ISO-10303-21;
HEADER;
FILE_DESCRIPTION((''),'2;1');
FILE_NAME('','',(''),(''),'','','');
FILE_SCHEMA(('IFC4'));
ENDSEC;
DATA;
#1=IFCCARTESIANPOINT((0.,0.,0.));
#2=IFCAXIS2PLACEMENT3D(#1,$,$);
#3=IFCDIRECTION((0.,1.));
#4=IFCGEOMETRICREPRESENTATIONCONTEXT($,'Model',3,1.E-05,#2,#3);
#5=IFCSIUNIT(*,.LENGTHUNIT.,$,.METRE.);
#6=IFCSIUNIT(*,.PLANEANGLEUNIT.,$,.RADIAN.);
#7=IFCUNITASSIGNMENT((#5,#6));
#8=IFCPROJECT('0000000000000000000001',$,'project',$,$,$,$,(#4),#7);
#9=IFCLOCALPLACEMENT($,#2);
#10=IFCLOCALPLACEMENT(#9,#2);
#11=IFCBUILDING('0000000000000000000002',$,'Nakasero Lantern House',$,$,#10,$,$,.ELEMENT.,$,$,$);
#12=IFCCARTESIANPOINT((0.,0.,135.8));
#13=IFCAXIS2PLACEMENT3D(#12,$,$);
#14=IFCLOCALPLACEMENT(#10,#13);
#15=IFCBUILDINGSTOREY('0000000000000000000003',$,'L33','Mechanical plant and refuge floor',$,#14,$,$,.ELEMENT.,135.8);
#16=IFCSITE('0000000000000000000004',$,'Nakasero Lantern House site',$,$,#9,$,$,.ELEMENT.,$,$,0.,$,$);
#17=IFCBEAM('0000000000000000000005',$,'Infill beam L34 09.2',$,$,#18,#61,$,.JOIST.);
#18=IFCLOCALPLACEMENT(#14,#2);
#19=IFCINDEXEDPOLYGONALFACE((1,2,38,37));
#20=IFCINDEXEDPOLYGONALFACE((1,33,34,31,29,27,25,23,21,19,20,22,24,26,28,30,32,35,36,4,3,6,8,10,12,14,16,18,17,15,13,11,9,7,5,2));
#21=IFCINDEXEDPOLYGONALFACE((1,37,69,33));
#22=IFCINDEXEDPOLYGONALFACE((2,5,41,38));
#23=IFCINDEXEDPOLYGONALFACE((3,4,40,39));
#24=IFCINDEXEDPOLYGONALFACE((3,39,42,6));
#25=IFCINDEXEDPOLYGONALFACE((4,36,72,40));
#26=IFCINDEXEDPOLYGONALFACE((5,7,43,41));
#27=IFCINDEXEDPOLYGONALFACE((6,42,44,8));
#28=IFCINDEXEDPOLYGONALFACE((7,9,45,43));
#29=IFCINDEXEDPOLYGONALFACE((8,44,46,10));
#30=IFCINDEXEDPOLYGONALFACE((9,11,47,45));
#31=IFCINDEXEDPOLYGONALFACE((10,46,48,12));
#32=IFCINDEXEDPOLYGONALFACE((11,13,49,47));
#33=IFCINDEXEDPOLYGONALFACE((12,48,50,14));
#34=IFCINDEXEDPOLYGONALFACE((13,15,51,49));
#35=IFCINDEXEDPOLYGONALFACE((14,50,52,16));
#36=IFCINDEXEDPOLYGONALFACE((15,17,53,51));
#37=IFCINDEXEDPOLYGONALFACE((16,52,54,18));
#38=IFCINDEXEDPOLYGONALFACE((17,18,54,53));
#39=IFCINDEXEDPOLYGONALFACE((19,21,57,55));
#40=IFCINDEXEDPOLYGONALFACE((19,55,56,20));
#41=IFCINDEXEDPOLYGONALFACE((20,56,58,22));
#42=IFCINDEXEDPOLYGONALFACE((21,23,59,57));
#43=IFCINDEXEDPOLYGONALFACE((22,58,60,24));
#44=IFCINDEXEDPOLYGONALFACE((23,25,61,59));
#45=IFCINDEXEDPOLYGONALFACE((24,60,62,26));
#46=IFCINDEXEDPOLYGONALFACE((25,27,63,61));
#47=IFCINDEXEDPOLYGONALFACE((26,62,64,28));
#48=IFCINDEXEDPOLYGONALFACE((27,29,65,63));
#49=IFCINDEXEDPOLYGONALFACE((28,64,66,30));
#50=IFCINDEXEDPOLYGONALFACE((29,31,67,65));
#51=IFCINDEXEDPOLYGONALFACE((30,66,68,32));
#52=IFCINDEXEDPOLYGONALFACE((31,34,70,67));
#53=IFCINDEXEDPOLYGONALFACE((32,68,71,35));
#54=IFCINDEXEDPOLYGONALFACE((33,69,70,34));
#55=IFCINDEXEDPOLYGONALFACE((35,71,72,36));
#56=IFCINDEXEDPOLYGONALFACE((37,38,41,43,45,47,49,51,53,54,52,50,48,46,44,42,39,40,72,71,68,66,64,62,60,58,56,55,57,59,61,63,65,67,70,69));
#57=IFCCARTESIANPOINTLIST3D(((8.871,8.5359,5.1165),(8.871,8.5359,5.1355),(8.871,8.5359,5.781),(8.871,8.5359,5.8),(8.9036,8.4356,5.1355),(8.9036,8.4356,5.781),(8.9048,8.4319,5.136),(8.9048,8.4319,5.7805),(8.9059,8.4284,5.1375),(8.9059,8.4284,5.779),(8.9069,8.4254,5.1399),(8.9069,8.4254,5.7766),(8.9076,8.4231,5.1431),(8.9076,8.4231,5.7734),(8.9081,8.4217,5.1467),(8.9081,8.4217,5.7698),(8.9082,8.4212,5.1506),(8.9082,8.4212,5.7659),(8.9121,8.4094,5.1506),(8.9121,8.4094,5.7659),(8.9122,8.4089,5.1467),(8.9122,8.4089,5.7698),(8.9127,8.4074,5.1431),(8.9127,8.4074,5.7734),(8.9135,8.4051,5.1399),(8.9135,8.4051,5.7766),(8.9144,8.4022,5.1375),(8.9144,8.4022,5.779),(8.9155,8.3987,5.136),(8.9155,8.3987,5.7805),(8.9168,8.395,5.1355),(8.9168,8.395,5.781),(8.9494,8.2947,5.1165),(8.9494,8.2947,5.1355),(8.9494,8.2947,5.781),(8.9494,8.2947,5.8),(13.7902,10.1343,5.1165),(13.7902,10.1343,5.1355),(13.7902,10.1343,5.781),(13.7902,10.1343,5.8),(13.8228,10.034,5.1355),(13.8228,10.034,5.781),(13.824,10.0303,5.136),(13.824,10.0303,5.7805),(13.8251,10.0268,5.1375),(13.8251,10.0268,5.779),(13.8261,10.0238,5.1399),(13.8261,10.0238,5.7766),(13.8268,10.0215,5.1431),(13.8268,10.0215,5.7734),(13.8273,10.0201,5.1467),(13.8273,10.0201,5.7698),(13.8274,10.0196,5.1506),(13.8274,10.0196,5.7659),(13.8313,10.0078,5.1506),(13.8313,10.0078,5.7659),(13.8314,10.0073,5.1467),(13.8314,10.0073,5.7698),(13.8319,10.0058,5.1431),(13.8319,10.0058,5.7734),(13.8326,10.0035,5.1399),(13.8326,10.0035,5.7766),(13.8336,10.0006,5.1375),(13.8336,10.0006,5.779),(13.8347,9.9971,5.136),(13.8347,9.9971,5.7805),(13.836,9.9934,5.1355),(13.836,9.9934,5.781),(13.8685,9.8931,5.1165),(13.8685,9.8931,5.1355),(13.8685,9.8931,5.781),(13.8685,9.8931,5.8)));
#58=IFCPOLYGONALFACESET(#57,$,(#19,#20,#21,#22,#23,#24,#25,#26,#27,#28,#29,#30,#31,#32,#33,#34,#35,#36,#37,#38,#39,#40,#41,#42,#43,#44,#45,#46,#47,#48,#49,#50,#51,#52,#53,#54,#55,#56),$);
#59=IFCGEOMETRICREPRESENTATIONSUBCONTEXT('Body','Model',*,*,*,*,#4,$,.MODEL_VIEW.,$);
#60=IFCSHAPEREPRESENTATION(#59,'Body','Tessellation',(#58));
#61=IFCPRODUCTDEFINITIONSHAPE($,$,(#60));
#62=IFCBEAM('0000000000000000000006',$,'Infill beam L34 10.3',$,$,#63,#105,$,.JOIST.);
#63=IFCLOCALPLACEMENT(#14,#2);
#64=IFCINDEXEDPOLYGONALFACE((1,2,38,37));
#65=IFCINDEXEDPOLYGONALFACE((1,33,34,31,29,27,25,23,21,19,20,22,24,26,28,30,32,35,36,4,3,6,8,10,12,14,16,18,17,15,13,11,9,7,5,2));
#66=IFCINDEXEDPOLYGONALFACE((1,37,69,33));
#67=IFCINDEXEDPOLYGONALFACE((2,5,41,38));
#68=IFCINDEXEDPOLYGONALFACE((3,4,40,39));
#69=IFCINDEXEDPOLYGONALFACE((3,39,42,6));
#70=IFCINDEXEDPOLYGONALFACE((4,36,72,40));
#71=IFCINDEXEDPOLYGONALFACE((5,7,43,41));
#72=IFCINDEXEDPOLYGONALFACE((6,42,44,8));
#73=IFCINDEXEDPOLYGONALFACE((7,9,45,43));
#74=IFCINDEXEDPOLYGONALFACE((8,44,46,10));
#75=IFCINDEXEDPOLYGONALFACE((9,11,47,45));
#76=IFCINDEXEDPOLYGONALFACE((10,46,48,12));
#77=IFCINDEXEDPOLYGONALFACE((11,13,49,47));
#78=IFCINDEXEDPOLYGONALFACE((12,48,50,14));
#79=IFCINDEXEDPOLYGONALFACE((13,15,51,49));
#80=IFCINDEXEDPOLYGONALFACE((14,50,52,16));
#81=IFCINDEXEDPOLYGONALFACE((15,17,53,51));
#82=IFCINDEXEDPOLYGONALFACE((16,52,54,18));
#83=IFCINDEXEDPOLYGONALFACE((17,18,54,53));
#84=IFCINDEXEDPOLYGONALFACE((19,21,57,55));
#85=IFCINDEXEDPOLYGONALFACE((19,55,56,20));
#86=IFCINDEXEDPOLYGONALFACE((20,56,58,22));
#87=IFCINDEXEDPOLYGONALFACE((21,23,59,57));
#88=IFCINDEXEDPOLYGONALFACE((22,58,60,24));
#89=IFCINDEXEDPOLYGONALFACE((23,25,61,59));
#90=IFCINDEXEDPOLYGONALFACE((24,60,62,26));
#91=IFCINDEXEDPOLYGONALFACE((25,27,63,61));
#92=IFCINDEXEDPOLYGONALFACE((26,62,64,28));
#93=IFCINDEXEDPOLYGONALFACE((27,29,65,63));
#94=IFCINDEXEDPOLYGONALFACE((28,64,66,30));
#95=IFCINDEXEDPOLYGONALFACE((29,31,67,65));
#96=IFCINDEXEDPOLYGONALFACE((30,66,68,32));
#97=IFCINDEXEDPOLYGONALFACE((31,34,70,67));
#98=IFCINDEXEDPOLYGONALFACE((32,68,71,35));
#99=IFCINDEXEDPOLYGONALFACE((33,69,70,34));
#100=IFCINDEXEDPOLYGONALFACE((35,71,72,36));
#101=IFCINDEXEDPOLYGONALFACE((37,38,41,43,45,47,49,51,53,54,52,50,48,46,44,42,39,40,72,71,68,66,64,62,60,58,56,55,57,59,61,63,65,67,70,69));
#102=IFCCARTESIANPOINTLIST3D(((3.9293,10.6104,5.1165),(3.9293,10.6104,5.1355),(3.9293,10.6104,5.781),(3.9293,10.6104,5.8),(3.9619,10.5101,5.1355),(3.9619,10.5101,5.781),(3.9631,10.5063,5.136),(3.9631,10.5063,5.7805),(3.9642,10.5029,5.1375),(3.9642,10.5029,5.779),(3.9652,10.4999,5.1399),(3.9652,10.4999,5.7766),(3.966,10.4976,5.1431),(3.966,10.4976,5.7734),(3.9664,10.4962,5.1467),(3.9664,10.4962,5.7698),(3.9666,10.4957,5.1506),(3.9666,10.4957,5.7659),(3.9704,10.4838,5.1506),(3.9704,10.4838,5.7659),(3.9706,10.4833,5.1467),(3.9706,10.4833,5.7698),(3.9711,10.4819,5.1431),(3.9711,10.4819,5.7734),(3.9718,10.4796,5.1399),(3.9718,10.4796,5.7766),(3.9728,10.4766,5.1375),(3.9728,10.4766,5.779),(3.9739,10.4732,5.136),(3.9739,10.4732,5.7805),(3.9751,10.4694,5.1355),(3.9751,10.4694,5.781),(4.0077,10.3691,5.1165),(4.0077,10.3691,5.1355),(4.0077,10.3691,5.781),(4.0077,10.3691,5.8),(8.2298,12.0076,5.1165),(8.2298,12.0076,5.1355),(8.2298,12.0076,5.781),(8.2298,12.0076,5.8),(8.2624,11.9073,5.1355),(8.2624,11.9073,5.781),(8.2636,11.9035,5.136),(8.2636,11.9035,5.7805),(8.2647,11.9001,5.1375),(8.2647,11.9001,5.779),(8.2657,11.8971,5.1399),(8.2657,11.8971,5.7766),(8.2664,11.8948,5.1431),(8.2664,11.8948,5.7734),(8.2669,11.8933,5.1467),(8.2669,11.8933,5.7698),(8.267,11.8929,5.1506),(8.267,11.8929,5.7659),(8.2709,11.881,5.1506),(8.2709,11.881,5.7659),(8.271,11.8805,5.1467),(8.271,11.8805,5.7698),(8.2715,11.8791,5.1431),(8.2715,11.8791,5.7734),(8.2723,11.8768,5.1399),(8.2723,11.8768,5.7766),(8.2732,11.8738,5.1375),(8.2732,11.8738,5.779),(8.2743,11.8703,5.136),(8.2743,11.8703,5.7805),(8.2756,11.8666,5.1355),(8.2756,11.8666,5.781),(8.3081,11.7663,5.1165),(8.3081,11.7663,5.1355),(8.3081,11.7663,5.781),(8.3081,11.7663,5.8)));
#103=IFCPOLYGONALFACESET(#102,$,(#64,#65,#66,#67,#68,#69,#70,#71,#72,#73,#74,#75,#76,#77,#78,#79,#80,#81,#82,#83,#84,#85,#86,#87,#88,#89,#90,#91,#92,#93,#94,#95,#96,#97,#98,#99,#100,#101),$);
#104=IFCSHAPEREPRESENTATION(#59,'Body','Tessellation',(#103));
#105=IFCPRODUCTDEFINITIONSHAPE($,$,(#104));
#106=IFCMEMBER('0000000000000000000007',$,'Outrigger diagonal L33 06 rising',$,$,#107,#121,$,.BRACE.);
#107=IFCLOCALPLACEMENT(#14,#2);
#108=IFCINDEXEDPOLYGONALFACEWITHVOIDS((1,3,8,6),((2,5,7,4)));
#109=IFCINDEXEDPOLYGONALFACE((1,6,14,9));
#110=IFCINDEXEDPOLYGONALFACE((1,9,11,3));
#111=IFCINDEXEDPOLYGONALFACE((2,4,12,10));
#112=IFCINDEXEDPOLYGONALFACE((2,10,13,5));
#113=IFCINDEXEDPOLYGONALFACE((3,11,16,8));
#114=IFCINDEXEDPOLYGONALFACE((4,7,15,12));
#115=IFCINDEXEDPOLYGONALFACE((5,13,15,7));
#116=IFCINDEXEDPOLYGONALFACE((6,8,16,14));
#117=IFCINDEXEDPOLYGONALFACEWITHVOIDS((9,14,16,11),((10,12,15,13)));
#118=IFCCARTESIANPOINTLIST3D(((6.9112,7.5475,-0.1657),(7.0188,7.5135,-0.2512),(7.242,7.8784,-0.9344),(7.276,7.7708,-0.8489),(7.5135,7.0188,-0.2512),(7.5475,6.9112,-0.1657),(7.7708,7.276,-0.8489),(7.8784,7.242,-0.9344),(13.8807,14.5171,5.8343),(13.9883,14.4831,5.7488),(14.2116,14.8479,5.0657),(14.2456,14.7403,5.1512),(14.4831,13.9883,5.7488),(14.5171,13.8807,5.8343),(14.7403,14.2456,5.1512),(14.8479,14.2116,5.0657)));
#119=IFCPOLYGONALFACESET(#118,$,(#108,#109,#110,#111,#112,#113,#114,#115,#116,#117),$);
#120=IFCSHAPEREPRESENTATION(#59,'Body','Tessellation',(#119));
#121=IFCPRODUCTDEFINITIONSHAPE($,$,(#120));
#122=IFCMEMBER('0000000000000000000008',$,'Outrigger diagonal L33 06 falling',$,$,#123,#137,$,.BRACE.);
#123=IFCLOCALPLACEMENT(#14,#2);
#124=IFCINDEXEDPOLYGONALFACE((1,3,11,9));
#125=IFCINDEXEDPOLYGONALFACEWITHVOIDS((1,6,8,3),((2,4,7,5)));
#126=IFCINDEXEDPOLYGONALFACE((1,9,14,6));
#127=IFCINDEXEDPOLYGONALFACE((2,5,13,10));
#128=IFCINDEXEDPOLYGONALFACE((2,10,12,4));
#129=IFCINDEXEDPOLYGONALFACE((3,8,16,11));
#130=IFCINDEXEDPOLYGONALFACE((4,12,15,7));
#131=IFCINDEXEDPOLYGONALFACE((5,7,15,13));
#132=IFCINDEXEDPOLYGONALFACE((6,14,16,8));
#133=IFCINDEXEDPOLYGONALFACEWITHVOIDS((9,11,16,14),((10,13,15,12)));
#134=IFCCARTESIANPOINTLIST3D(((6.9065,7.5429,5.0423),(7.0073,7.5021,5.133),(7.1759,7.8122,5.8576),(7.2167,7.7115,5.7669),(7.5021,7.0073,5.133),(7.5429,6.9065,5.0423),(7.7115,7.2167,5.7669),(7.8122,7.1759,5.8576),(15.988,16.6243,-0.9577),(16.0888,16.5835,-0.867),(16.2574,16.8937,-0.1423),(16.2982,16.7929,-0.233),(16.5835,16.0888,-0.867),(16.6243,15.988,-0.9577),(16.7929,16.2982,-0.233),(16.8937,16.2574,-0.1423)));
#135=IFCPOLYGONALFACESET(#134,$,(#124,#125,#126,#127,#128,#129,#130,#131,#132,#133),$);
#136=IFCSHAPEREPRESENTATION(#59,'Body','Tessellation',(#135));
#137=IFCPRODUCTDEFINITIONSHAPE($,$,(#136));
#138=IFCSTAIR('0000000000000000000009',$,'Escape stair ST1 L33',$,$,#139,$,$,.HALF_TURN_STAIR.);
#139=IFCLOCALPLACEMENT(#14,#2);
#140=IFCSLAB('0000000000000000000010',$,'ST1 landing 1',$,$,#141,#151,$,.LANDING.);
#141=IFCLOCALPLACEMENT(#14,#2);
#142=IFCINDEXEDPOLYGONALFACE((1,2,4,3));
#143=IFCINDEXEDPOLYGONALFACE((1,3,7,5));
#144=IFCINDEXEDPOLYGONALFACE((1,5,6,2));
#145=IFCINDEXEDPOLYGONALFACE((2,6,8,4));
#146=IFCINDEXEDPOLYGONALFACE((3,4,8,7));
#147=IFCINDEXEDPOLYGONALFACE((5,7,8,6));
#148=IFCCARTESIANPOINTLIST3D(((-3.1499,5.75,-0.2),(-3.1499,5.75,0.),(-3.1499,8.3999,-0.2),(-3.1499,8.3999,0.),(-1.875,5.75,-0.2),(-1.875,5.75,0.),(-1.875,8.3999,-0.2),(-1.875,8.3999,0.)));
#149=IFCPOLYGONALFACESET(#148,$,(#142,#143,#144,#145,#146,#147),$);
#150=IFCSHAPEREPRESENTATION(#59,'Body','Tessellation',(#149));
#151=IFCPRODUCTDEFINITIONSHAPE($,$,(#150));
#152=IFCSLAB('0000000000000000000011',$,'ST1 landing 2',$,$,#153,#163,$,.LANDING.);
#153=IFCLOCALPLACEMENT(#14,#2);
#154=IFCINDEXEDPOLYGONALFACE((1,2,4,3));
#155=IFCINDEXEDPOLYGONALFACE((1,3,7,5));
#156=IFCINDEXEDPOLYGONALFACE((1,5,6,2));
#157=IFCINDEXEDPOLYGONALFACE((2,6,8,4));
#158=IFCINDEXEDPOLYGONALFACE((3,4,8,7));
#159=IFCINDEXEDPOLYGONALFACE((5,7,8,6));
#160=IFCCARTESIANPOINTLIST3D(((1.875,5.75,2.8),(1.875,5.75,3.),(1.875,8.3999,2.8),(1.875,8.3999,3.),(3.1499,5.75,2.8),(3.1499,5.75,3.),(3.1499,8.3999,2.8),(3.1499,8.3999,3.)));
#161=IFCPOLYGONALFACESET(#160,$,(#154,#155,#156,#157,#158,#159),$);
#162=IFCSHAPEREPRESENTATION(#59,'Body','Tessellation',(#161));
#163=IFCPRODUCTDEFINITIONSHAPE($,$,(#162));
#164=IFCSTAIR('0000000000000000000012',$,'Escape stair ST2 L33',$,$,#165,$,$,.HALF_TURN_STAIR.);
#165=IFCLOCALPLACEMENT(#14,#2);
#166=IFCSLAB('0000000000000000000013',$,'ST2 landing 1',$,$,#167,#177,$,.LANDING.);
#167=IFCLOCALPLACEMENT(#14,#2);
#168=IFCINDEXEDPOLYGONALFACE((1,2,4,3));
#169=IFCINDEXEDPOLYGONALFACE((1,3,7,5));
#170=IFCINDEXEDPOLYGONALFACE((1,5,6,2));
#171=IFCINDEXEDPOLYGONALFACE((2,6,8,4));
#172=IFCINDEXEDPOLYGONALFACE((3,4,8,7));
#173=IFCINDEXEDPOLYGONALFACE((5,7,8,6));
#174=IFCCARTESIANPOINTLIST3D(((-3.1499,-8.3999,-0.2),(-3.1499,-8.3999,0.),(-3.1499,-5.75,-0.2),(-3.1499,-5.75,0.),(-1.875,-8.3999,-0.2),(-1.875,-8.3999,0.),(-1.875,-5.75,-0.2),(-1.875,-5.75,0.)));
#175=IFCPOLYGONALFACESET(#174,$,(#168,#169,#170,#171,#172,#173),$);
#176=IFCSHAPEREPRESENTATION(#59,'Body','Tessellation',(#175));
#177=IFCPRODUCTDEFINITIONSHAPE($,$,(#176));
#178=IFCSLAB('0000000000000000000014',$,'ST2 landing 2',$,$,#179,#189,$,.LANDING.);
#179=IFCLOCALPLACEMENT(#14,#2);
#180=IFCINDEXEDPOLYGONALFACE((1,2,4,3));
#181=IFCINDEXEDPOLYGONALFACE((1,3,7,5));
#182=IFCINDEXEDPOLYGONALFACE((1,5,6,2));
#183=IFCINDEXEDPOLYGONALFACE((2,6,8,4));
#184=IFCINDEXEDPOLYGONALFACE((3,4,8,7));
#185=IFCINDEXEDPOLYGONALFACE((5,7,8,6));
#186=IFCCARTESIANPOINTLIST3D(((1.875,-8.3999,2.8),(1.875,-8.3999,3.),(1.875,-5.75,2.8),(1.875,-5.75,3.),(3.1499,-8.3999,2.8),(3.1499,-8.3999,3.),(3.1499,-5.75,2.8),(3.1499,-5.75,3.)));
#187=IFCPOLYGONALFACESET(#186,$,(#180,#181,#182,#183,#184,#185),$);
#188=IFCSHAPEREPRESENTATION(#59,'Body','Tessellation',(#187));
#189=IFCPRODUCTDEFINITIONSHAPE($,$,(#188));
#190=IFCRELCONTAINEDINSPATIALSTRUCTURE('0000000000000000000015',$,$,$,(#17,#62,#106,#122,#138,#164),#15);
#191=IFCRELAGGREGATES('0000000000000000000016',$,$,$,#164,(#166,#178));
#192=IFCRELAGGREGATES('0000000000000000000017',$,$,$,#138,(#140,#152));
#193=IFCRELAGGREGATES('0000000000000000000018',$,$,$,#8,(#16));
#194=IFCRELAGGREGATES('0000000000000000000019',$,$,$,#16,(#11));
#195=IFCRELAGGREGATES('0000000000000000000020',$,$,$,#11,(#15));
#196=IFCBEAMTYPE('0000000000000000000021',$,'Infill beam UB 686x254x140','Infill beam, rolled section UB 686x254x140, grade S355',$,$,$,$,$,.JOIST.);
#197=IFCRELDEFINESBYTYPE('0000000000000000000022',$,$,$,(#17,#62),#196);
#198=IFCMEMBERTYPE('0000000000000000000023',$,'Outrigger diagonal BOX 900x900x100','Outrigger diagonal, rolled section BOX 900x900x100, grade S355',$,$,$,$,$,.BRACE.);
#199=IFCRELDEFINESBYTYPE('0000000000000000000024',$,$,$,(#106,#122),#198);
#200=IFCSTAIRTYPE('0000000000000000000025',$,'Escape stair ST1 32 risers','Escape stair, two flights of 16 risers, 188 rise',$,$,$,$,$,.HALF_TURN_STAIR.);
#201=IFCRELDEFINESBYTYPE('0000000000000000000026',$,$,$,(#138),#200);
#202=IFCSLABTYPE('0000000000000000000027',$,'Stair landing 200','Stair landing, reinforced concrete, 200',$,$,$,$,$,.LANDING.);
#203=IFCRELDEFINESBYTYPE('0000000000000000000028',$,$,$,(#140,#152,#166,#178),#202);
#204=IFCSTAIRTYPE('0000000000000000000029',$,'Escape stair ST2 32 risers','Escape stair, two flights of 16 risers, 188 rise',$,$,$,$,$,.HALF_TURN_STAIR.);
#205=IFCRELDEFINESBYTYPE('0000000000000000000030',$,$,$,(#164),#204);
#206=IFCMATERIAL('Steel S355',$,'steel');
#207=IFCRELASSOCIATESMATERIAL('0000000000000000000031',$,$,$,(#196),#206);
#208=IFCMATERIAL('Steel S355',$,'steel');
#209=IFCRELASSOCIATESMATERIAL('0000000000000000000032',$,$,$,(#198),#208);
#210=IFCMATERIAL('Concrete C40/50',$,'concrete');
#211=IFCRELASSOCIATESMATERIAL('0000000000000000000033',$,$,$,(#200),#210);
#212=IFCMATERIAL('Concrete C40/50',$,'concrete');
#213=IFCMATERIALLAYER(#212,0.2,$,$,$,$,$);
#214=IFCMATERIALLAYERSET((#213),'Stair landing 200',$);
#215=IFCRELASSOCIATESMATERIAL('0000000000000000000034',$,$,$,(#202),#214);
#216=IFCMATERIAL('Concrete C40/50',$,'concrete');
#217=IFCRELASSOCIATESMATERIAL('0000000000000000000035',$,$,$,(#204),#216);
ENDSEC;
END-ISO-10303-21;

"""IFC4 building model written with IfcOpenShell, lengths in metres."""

from ifc_helpers import new_model, si_unit, direction, frame, origin, origin_2d, place, context, subcontext, project, spatial, polyline, hollow_rectangle, i_section, outline, extrude, material, layer, layer_set, material_profile, profile_set, type_object, element, aggregate, save


model = new_model("IFC4")

# Units and contexts
model_context = context("Model", 3, precision=1e-05, world=origin(), true_north=direction((0.0, 1.0)))
body_context = subcontext(model_context, "Body", "Model", "MODEL_VIEW")
ifc_project = project(units=[si_unit("LENGTHUNIT", "METRE"), si_unit("PLANEANGLEUNIT", "RADIAN")], contexts=[model_context])

# Site, building, storey
site_placement = place(None, origin())
site = spatial("IfcSite", under=ifc_project, at=site_placement, Name="Nakasero Lantern House site", CompositionType="ELEMENT", RefElevation=0.0)
building_placement = place(site_placement, origin())
building = spatial("IfcBuilding", under=site, at=building_placement, Name="Nakasero Lantern House", CompositionType="ELEMENT")
storey_placement = place(building_placement, frame((0.0, 0.0, 135.8)))
storey = spatial("IfcBuildingStorey", under=building, at=storey_placement, Name="L33", Description="Mechanical plant and refuge floor", CompositionType="ELEMENT", Elevation=135.8)

# Beams
ifc_material_1 = material(Name="Steel S355", Category="steel")
ifc_material_profile_1 = material_profile(ifc_material_1, i_section(OverallWidth=0.2537, OverallDepth=0.6836, WebThickness=0.0125, FlangeThickness=0.019, FilletRadius=0.0151, at=origin_2d()), Name="UB 686x254x140")
ifc_profile_set_1 = profile_set([ifc_material_profile_1], Name="Steel S355")
beam_type = type_object("IfcBeamType", Name="Infill beam UB 686x254x140", Description="Infill beam, rolled section UB 686x254x140, grade S355", PredefinedType="JOIST", material=ifc_profile_set_1)
beam_1_placement = place(storey_placement, frame((8.9102, 8.4153, 5.4583), z_axis=(0.951054, 0.309025, 0.0), x_axis=(-0.309025, 0.951054, 0.0)))
element("IfcBeam", 1, at=beam_1_placement, inside=storey, type_object=beam_type, Name="Infill beam L34 09.2", PredefinedType="JOIST", context=body_context, shape_type="SweptSolid", body=[
    extrude(i_section(OverallWidth=0.2537, OverallDepth=0.6836, WebThickness=0.0125, FlangeThickness=0.019, FilletRadius=0.0151, at=origin_2d()), origin(), (0.0, 0.0, 1.0), 5.1724),
])
beam_2_placement = place(storey_placement, frame((3.9685, 10.4897, 5.4583), z_axis=(0.951064, 0.308995, 0.0), x_axis=(-0.308995, 0.951064, 0.0)))
element("IfcBeam", 2, at=beam_2_placement, inside=storey, type_object=beam_type, Name="Infill beam L34 10.3", PredefinedType="JOIST", context=body_context, shape_type="SweptSolid", body=[
    extrude(i_section(OverallWidth=0.2537, OverallDepth=0.6836, WebThickness=0.0125, FlangeThickness=0.019, FilletRadius=0.0151, at=origin_2d()), origin(), (0.0, 0.0, 1.0), 4.5217),
])

# Members
ifc_material_2 = material(Name="Steel S355", Category="steel")
ifc_material_profile_2 = material_profile(ifc_material_2, hollow_rectangle(XDim=0.8999, YDim=0.8999, WallThickness=0.1001, at=origin_2d()), Name="BOX 900x900x100")
ifc_profile_set_2 = profile_set([ifc_material_profile_2], Name="Steel S355")
member_type = type_object("IfcMemberType", Name="Outrigger diagonal BOX 900x900x100", Description="Outrigger diagonal, rolled section BOX 900x900x100, grade S355", PredefinedType="BRACE", material=ifc_profile_set_2)
member_1_placement = place(storey_placement, frame((7.3948, 7.3948, -0.55), z_axis=(0.603996, 0.603996, 0.519978), x_axis=(-0.707107, 0.707107, 0.0)))
element("IfcMember", 3, at=member_1_placement, inside=storey, type_object=member_type, Name="Outrigger diagonal L33 06 rising", PredefinedType="BRACE", context=body_context, shape_type="SweptSolid", body=[
    extrude(hollow_rectangle(XDim=0.8999, YDim=0.8999, WallThickness=0.1001, at=origin_2d()), origin(), (0.0, 0.0, 1.0), 11.5391),
])
member_2_placement = place(storey_placement, frame((7.3594, 7.3594, 5.45), z_axis=(0.640644, 0.640644, -0.423261), x_axis=(-0.707107, 0.707107, 0.0)))
element("IfcMember", 4, at=member_2_placement, inside=storey, type_object=member_type, Name="Outrigger diagonal L33 06 falling", PredefinedType="BRACE", context=body_context, shape_type="SweptSolid", body=[
    extrude(hollow_rectangle(XDim=0.8999, YDim=0.8999, WallThickness=0.1001, at=origin_2d()), origin(), (0.0, 0.0, 1.0), 14.1755),
])

# Stairs, slabs
ifc_material_3 = material(Name="Concrete C40/50", Category="concrete")
stair_type_1 = type_object("IfcStairType", Name="Escape stair ST1 32 risers", Description="Escape stair, two flights of 16 risers, 188 rise", PredefinedType="HALF_TURN_STAIR", material=ifc_material_3)
stair_1_placement = place(storey_placement, origin())
stair_1 = element("IfcStair", 5, at=stair_1_placement, inside=storey, type_object=stair_type_1, Name="Escape stair ST1 L33", PredefinedType="HALF_TURN_STAIR")
ifc_material_4 = material(Name="Concrete C40/50", Category="concrete")
ifc_layer_1 = layer(ifc_material_4, 0.2)
ifc_layer_set_1 = layer_set([ifc_layer_1], Name="Stair landing 200")
slab_type = type_object("IfcSlabType", Name="Stair landing 200", Description="Stair landing, reinforced concrete, 200", PredefinedType="LANDING", material=ifc_layer_set_1)
slab_1_placement = place(storey_placement, frame((0.0, 0.0, -0.2)))
slab_1 = element("IfcSlab", 6, at=slab_1_placement, type_object=slab_type, Name="ST1 landing 1", PredefinedType="LANDING", context=body_context, shape_type="SweptSolid", body=[
    extrude(outline(polyline([(-3.1499, 5.75), (-1.875, 5.75), (-1.875, 8.3999), (-3.1499, 8.3999), (-3.1499, 5.75)])), origin(), (0.0, 0.0, 1.0), 0.2),
])
slab_2_placement = place(storey_placement, frame((0.0, 0.0, 2.8)))
slab_2 = element("IfcSlab", 7, at=slab_2_placement, type_object=slab_type, Name="ST1 landing 2", PredefinedType="LANDING", context=body_context, shape_type="SweptSolid", body=[
    extrude(outline(polyline([(1.875, 5.75), (3.1499, 5.75), (3.1499, 8.3999), (1.875, 8.3999), (1.875, 5.75)])), origin(), (0.0, 0.0, 1.0), 0.2),
])
ifc_material_5 = material(Name="Concrete C40/50", Category="concrete")
stair_type_2 = type_object("IfcStairType", Name="Escape stair ST2 32 risers", Description="Escape stair, two flights of 16 risers, 188 rise", PredefinedType="HALF_TURN_STAIR", material=ifc_material_5)
stair_2_placement = place(storey_placement, origin())
stair_2 = element("IfcStair", 8, at=stair_2_placement, inside=storey, type_object=stair_type_2, Name="Escape stair ST2 L33", PredefinedType="HALF_TURN_STAIR")
slab_3_placement = place(storey_placement, frame((0.0, 0.0, -0.2)))
slab_3 = element("IfcSlab", 9, at=slab_3_placement, type_object=slab_type, Name="ST2 landing 1", PredefinedType="LANDING", context=body_context, shape_type="SweptSolid", body=[
    extrude(outline(polyline([(-3.1499, -8.3999), (-1.875, -8.3999), (-1.875, -5.75), (-3.1499, -5.75), (-3.1499, -8.3999)])), origin(), (0.0, 0.0, 1.0), 0.2),
])
slab_4_placement = place(storey_placement, frame((0.0, 0.0, 2.8)))
slab_4 = element("IfcSlab", 10, at=slab_4_placement, type_object=slab_type, Name="ST2 landing 2", PredefinedType="LANDING", context=body_context, shape_type="SweptSolid", body=[
    extrude(outline(polyline([(1.875, -8.3999), (3.1499, -8.3999), (3.1499, -5.75), (1.875, -5.75), (1.875, -8.3999)])), origin(), (0.0, 0.0, 1.0), 0.2),
])
aggregate(stair_2, [slab_3, slab_4])

aggregate(stair_1, [slab_1, slab_2])

save(model, "model.ifc")
